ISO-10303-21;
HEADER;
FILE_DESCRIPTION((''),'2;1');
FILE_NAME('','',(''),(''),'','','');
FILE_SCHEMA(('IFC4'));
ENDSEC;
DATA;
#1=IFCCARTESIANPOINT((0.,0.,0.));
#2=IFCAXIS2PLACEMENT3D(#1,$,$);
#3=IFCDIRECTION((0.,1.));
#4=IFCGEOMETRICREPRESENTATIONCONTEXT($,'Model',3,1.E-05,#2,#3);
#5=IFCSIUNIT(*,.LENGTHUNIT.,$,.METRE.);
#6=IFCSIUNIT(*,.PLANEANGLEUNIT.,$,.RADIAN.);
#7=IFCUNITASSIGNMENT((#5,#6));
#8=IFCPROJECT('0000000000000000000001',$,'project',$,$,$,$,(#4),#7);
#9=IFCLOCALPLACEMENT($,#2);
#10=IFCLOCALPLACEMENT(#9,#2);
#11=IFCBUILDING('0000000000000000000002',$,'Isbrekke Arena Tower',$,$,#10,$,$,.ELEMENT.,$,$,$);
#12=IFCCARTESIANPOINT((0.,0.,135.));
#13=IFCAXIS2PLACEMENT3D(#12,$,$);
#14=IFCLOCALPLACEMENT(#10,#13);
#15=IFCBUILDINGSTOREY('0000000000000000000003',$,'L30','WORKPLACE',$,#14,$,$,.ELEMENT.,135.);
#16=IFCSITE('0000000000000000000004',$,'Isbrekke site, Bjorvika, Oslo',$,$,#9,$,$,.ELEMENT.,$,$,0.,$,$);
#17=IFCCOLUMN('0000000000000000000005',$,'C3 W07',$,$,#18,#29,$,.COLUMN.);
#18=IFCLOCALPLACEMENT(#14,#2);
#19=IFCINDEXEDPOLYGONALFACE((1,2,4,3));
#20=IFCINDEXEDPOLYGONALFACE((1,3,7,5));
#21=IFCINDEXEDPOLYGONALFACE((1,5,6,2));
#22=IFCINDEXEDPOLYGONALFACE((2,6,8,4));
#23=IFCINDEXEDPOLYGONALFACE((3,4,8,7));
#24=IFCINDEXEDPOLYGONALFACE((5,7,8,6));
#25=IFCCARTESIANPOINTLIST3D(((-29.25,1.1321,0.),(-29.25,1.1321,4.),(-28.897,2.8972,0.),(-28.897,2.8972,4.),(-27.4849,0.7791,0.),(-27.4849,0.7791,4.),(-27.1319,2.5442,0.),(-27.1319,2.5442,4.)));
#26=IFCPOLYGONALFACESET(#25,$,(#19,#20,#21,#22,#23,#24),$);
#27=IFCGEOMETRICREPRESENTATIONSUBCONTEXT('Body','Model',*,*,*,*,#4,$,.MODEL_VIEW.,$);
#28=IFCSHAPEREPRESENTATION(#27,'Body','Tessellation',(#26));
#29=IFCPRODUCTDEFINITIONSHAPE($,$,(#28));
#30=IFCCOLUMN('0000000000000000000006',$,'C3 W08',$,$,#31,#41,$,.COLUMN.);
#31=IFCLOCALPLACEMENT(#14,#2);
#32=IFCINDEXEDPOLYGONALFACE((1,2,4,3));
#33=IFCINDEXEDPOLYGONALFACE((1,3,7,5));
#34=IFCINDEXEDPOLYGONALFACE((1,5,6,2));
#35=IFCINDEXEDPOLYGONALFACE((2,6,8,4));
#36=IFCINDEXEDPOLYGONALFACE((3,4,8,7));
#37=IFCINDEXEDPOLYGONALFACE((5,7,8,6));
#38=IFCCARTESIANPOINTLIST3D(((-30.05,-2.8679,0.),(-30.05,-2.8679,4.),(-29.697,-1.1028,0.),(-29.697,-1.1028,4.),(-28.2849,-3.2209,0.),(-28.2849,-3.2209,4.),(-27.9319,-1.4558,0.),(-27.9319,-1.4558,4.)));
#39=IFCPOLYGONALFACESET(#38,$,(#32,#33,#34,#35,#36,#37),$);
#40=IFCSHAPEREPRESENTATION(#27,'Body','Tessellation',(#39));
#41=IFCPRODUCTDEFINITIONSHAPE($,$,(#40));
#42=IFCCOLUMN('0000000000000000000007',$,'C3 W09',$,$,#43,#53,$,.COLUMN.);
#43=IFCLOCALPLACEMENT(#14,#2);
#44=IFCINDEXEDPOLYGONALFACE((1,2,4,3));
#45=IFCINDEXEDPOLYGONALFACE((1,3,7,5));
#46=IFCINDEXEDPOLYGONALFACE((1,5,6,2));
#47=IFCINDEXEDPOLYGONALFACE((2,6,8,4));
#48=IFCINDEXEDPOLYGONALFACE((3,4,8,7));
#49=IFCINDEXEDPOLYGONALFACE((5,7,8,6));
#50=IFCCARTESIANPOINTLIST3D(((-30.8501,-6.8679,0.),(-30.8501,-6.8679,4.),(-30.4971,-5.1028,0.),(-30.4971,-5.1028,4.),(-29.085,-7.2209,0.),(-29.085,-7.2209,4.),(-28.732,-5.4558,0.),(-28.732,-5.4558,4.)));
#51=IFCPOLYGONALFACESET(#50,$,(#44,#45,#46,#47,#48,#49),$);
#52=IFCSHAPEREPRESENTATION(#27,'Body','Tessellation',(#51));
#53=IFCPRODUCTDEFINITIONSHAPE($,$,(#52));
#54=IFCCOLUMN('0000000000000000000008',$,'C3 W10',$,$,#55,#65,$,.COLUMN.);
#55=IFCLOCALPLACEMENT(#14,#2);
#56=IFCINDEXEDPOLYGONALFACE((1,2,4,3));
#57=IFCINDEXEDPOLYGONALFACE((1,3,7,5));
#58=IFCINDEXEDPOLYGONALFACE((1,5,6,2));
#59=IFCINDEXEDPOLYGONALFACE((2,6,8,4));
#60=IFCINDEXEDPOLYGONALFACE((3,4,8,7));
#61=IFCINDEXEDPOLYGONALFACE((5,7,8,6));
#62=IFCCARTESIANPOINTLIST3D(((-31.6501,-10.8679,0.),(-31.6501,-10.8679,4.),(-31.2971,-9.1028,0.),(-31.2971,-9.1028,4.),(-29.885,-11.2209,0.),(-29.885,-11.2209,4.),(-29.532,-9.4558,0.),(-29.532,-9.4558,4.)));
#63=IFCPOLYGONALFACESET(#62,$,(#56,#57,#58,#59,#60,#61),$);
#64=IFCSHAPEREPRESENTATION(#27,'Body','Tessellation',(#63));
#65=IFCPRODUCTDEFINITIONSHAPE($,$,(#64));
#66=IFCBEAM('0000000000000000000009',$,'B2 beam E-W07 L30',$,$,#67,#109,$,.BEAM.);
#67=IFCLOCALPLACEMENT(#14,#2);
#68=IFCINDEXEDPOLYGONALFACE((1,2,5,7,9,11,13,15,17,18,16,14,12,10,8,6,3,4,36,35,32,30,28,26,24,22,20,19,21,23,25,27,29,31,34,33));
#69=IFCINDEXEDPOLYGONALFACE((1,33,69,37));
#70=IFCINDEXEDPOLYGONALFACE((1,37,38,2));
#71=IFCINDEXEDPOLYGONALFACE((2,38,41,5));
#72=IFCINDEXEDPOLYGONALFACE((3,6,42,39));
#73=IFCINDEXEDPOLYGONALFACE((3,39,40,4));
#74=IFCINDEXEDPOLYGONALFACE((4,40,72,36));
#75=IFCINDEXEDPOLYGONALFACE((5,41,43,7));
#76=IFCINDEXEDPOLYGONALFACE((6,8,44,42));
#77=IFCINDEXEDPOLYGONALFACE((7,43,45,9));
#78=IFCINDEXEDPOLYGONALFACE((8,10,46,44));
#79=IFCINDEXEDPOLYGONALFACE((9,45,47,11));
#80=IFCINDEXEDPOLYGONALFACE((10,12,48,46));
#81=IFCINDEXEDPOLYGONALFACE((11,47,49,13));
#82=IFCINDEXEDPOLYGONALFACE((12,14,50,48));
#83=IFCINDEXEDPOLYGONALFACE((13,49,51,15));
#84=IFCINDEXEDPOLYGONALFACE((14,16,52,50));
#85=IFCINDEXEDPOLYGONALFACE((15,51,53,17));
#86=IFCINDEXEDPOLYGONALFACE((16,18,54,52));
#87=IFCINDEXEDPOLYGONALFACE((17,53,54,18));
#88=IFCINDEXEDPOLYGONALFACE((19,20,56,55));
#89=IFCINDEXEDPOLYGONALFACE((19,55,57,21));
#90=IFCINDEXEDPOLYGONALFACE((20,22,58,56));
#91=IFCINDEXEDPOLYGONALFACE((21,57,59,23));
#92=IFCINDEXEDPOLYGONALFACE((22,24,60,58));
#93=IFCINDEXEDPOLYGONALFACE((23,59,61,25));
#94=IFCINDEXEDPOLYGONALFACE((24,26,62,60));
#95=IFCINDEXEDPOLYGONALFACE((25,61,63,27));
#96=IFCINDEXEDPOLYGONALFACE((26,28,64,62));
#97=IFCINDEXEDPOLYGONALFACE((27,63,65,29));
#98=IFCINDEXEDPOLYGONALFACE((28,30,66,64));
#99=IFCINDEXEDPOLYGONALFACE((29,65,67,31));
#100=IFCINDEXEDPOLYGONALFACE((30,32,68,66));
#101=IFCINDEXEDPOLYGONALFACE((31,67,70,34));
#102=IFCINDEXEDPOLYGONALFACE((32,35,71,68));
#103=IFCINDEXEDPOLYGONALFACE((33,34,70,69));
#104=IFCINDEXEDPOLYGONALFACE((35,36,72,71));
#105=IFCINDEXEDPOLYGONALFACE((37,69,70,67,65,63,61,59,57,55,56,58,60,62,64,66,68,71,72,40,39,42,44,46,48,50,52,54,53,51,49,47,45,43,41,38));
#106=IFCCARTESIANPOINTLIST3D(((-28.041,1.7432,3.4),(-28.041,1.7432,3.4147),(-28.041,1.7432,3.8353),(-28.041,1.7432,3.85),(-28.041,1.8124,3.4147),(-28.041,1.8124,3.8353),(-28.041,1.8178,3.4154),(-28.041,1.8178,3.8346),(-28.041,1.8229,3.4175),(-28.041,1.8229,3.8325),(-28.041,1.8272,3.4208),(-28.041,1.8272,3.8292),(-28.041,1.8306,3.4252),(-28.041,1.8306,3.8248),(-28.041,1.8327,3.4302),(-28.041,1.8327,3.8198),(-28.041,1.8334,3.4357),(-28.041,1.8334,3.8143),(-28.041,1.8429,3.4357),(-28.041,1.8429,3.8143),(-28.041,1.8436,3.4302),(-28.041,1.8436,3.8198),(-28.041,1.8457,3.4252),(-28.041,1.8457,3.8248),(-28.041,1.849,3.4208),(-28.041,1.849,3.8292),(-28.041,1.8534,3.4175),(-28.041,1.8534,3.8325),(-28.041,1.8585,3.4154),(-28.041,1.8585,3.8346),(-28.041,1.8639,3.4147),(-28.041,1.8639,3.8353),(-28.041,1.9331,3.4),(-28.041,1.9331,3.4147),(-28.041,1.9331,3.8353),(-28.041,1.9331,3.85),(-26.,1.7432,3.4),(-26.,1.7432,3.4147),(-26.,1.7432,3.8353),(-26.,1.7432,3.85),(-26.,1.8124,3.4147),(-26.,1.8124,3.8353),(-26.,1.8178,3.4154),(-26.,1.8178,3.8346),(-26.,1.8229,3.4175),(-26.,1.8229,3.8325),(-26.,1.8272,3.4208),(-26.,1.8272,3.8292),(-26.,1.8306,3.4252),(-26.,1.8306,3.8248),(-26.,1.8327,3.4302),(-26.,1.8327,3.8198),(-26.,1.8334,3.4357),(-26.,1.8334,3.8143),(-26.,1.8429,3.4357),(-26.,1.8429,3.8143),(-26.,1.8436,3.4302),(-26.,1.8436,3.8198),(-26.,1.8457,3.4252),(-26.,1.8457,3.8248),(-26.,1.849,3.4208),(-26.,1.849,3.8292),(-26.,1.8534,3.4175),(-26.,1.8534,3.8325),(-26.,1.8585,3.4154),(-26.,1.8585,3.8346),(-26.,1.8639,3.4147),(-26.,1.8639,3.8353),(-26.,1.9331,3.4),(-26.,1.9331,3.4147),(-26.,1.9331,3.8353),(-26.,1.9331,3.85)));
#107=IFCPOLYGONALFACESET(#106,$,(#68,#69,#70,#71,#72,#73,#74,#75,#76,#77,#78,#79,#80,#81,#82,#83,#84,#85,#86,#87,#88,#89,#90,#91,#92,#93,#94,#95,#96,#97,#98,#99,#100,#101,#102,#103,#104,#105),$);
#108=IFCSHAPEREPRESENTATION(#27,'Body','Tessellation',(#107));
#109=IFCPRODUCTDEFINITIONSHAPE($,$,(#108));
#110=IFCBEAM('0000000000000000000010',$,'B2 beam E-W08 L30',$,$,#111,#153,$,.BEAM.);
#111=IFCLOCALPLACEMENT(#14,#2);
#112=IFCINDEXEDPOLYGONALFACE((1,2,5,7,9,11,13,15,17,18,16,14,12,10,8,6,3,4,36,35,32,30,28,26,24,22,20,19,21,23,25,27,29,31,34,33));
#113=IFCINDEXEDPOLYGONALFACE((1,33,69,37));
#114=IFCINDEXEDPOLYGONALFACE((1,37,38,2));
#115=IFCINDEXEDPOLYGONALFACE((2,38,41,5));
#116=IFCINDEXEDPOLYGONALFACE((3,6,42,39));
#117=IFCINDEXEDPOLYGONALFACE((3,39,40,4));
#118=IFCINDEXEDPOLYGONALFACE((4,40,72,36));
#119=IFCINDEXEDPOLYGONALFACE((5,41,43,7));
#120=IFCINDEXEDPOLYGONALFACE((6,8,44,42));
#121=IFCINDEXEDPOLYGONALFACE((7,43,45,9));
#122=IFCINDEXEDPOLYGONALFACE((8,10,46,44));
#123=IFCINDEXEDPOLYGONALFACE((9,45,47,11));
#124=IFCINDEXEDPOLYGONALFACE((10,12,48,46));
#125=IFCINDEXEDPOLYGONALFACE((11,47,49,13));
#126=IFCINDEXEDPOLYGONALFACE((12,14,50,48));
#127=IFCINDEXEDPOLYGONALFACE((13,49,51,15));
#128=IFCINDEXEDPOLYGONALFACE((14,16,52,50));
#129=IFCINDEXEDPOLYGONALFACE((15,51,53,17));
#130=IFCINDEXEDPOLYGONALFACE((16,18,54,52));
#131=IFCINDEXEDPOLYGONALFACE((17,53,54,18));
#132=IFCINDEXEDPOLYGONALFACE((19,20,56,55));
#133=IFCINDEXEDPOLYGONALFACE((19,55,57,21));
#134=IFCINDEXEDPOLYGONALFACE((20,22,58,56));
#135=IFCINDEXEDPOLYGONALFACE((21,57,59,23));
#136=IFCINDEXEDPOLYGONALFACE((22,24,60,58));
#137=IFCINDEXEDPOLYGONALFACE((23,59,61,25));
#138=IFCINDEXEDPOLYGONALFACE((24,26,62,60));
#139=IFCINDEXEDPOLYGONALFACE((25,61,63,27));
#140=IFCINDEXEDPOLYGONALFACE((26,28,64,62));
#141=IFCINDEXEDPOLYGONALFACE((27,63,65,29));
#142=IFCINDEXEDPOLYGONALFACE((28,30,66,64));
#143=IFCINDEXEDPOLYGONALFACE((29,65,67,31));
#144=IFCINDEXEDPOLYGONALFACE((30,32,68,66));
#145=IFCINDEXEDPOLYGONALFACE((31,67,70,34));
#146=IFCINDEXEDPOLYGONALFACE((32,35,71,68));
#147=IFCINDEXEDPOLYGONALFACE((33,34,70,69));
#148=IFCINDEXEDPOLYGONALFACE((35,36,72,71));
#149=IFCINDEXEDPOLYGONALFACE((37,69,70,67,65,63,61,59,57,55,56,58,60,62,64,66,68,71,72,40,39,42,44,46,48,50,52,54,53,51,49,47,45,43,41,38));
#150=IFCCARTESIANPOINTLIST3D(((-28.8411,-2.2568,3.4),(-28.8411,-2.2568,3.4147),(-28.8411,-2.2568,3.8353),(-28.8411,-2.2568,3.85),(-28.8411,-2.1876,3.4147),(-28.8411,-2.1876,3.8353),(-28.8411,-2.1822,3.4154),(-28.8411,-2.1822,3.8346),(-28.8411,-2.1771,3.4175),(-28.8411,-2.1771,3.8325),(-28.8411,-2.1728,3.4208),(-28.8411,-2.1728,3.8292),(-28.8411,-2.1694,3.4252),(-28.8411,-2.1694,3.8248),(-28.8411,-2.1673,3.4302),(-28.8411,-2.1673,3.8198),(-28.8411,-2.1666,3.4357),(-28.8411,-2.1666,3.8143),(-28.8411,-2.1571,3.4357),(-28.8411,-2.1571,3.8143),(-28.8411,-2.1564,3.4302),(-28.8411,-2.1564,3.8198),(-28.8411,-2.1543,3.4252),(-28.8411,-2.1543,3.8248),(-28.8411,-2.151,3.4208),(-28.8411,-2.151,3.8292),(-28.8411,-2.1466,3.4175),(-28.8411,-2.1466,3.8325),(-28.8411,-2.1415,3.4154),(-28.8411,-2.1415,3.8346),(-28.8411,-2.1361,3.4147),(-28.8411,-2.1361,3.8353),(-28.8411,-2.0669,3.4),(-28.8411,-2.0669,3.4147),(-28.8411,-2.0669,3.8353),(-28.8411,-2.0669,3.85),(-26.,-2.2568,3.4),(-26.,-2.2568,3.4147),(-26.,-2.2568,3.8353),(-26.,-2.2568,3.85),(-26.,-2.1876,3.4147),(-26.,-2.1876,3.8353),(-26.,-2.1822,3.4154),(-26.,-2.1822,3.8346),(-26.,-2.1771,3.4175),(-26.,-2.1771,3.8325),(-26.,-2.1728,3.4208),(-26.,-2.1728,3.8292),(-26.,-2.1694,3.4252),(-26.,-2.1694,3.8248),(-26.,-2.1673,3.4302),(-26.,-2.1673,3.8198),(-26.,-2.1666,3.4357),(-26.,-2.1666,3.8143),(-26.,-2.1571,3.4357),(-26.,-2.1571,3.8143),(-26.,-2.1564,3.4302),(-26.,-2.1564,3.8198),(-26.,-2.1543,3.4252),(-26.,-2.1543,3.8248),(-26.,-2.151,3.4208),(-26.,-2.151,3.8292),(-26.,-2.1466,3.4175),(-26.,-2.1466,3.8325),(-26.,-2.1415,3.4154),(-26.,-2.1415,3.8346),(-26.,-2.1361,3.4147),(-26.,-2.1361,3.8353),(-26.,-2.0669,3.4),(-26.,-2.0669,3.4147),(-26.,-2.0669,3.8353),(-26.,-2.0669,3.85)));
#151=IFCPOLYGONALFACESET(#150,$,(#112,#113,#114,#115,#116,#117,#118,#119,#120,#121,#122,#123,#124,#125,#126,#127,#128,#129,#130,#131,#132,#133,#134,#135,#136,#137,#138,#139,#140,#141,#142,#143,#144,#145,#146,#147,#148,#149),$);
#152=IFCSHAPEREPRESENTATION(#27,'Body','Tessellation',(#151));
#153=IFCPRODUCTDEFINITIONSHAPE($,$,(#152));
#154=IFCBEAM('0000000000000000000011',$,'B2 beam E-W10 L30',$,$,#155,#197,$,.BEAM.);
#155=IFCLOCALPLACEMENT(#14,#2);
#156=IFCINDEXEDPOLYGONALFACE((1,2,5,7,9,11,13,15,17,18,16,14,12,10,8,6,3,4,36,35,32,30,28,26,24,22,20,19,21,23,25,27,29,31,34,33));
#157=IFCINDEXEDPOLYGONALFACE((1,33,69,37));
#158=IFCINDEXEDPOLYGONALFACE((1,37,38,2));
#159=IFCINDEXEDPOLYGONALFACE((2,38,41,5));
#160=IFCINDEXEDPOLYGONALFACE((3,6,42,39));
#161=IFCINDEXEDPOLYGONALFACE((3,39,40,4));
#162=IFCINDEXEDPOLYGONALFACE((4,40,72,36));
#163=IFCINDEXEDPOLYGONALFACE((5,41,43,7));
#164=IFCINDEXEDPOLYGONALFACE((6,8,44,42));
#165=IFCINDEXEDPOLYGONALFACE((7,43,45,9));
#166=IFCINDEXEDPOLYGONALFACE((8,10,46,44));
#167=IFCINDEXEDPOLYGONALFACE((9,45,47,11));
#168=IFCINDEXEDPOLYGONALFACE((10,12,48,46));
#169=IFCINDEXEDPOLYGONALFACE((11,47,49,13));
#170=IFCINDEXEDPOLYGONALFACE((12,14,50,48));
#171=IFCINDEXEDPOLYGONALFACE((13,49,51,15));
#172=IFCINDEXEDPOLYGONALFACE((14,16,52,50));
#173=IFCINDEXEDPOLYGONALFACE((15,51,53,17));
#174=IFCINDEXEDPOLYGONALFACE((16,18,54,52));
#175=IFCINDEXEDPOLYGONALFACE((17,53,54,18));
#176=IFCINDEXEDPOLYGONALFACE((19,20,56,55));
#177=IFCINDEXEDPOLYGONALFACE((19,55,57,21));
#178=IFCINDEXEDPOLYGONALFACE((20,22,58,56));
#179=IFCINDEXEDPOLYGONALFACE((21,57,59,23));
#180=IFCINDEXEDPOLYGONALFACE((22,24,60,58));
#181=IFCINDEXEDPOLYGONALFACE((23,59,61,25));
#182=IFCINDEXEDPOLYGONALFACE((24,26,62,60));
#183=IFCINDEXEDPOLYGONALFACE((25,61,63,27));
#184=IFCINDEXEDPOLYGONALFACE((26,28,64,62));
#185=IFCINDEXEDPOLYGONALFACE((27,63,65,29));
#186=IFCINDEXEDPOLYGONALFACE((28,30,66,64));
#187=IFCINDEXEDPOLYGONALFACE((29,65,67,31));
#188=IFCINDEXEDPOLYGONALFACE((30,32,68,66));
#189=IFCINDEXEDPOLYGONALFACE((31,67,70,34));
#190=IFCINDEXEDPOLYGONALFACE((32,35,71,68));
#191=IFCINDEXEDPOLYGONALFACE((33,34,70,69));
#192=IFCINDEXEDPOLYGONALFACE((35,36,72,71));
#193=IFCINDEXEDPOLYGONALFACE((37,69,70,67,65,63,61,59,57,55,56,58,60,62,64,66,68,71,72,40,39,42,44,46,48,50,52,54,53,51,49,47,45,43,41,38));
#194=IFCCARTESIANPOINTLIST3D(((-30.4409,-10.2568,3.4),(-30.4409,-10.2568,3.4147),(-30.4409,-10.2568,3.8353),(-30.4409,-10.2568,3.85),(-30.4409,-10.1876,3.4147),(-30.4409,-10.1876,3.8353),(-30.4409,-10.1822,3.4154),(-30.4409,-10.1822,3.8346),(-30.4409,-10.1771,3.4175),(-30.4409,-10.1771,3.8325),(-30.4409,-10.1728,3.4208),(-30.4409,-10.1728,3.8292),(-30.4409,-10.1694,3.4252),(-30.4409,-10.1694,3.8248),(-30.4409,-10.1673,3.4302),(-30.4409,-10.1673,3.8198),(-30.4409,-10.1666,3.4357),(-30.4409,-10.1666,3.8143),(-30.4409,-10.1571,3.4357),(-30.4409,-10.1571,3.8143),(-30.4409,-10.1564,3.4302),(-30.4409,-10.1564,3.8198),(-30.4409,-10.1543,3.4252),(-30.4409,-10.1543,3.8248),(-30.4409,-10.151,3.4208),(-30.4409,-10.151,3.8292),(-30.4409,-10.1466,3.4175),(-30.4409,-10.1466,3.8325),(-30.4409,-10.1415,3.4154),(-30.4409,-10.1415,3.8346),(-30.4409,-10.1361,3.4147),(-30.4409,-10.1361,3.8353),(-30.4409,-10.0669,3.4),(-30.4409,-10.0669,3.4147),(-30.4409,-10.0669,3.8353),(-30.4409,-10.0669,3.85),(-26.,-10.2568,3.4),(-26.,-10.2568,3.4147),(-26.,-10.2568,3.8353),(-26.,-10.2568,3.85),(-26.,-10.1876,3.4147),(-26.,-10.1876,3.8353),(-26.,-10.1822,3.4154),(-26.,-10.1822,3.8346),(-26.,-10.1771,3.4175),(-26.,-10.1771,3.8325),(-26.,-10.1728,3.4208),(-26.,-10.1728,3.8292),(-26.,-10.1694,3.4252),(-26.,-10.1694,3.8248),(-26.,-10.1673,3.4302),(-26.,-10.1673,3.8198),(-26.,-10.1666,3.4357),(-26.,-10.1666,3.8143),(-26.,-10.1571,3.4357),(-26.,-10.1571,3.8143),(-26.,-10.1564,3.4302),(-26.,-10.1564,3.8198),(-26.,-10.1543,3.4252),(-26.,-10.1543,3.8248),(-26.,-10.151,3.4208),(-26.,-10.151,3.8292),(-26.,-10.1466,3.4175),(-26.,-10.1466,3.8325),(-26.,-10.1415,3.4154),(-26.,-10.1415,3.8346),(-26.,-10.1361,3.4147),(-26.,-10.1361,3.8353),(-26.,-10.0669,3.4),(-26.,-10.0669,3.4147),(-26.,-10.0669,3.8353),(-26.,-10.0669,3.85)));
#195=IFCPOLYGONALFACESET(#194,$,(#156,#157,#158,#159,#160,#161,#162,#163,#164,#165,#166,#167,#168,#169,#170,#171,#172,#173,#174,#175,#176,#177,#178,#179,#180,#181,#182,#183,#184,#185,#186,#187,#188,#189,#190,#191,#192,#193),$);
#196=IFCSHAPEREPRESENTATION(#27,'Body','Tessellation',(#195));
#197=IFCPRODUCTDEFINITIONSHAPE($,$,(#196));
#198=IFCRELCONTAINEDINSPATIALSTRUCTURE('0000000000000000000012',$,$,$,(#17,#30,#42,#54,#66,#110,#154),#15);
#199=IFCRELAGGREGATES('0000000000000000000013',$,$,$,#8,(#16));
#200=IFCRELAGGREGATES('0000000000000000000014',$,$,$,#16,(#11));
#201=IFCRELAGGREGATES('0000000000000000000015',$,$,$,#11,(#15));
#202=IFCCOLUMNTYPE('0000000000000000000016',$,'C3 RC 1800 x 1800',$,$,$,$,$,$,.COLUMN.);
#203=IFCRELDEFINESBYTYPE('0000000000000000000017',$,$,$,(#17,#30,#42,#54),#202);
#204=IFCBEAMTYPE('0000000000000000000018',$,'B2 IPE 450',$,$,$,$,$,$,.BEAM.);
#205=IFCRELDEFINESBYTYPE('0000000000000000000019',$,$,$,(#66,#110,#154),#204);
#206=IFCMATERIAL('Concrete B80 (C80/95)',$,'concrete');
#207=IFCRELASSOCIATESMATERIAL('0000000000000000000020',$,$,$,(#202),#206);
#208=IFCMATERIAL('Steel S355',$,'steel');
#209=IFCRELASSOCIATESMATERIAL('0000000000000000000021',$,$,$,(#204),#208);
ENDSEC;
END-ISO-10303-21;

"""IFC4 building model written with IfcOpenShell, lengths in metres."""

from ifc_helpers import new_model, si_unit, direction, frame, origin, origin_2d, place, context, subcontext, project, spatial, rectangle, i_section, extrude, material, material_profile, profile_set, type_object, element, save


model = new_model("IFC4")

# Units and contexts
model_context = context("Model", 3, precision=1e-05, world=origin(), true_north=direction((0.0, 1.0)))
body_context = subcontext(model_context, "Body", "Model", "MODEL_VIEW")
ifc_project = project(units=[si_unit("LENGTHUNIT", "METRE"), si_unit("PLANEANGLEUNIT", "RADIAN")], contexts=[model_context])

# Site, building, storey
site_placement = place(None, origin())
site = spatial("IfcSite", under=ifc_project, at=site_placement, Name="Isbrekke site, Bjorvika, Oslo", CompositionType="ELEMENT", RefElevation=0.0)
building_placement = place(site_placement, origin())
building = spatial("IfcBuilding", under=site, at=building_placement, Name="Isbrekke Arena Tower", CompositionType="ELEMENT")
storey_placement = place(building_placement, frame((0.0, 0.0, 135.0)))
storey = spatial("IfcBuildingStorey", under=building, at=storey_placement, Name="L30", Description="WORKPLACE", CompositionType="ELEMENT", Elevation=135.0)

# Columns
ifc_material_1 = material(Name="Concrete B80 (C80/95)", Category="concrete")
ifc_material_profile_1 = material_profile(ifc_material_1, rectangle(XDim=1.8, YDim=1.8, at=origin_2d()), Name="RC 1800x1800")
ifc_profile_set_1 = profile_set([ifc_material_profile_1], Name="Concrete B80 (C80/95)")
column_type = type_object("IfcColumnType", Name="C3 RC 1800 x 1800", PredefinedType="COLUMN", material=ifc_profile_set_1)
for number, where, z_axis, x_axis, name in (
    (1, (-28.1909, 1.8381, 0.0), (0.0, 0.0, 1.0), (-0.196116, -0.980581, 0.0), "C3 W07"),
    (2, (-28.991, -2.1619, 0.0), (0.0, 0.0, 1.0), (-0.196116, -0.980581, 0.0), "C3 W08"),
    (3, (-29.791, -6.1619, 0.0), (0.0, 0.0, 1.0), (-0.196116, -0.980581, 0.0), "C3 W09"),
    (4, (-30.5911, -10.1619, 0.0), (0.0, 0.0, 1.0), (-0.196116, -0.980581, 0.0), "C3 W10"),
):
    element("IfcColumn", number, at=place(storey_placement, frame(where, z_axis=z_axis, x_axis=x_axis)), inside=storey, type_object=column_type, Name=name, PredefinedType="COLUMN", context=body_context, shape_type="SweptSolid", body=[
        extrude(rectangle(XDim=1.8, YDim=1.8, at=origin_2d()), origin(), (0.0, 0.0, 1.0), 4.0),
    ])

# Beams
ifc_material_2 = material(Name="Steel S355", Category="steel")
ifc_material_profile_2 = material_profile(ifc_material_2, i_section(OverallWidth=0.1899, OverallDepth=0.45, WebThickness=0.0095, FlangeThickness=0.0146, FilletRadius=0.021, at=origin_2d()), Name="IPE 450")
ifc_profile_set_2 = profile_set([ifc_material_profile_2], Name="Steel S355")
beam_type_1 = type_object("IfcBeamType", Name="B2 IPE 450", PredefinedType="BEAM", material=ifc_profile_set_2)
beam_1_placement = place(storey_placement, frame((-28.041, 1.8381, 3.625), z_axis=(1.0, 0.0, 0.0), x_axis=(0.0, 1.0, 0.0)))
element("IfcBeam", 5, at=beam_1_placement, inside=storey, type_object=beam_type_1, Name="B2 beam E-W07 L30", PredefinedType="BEAM", context=body_context, shape_type="SweptSolid", body=[
    extrude(i_section(OverallWidth=0.1899, OverallDepth=0.45, WebThickness=0.0095, FlangeThickness=0.0146, FilletRadius=0.021, at=origin_2d()), origin(), (0.0, 0.0, 1.0), 2.041),
])
beam_2_placement = place(storey_placement, frame((-28.8411, -2.1619, 3.625), z_axis=(1.0, 0.0, 0.0), x_axis=(0.0, 1.0, 0.0)))
element("IfcBeam", 6, at=beam_2_placement, inside=storey, type_object=beam_type_1, Name="B2 beam E-W08 L30", PredefinedType="BEAM", context=body_context, shape_type="SweptSolid", body=[
    extrude(i_section(OverallWidth=0.1899, OverallDepth=0.45, WebThickness=0.0095, FlangeThickness=0.0146, FilletRadius=0.021, at=origin_2d()), origin(), (0.0, 0.0, 1.0), 2.8411),
])
beam_3_placement = place(storey_placement, frame((-30.4409, -10.1619, 3.625), z_axis=(1.0, 0.0, 0.0), x_axis=(0.0, 1.0, 0.0)))
element("IfcBeam", 7, at=beam_3_placement, inside=storey, type_object=beam_type_1, Name="B2 beam E-W10 L30", PredefinedType="BEAM", context=body_context, shape_type="SweptSolid", body=[
    extrude(i_section(OverallWidth=0.1899, OverallDepth=0.45, WebThickness=0.0095, FlangeThickness=0.0146, FilletRadius=0.021, at=origin_2d()), origin(), (0.0, 0.0, 1.0), 4.4409),
])

save(model, "model.ifc")
